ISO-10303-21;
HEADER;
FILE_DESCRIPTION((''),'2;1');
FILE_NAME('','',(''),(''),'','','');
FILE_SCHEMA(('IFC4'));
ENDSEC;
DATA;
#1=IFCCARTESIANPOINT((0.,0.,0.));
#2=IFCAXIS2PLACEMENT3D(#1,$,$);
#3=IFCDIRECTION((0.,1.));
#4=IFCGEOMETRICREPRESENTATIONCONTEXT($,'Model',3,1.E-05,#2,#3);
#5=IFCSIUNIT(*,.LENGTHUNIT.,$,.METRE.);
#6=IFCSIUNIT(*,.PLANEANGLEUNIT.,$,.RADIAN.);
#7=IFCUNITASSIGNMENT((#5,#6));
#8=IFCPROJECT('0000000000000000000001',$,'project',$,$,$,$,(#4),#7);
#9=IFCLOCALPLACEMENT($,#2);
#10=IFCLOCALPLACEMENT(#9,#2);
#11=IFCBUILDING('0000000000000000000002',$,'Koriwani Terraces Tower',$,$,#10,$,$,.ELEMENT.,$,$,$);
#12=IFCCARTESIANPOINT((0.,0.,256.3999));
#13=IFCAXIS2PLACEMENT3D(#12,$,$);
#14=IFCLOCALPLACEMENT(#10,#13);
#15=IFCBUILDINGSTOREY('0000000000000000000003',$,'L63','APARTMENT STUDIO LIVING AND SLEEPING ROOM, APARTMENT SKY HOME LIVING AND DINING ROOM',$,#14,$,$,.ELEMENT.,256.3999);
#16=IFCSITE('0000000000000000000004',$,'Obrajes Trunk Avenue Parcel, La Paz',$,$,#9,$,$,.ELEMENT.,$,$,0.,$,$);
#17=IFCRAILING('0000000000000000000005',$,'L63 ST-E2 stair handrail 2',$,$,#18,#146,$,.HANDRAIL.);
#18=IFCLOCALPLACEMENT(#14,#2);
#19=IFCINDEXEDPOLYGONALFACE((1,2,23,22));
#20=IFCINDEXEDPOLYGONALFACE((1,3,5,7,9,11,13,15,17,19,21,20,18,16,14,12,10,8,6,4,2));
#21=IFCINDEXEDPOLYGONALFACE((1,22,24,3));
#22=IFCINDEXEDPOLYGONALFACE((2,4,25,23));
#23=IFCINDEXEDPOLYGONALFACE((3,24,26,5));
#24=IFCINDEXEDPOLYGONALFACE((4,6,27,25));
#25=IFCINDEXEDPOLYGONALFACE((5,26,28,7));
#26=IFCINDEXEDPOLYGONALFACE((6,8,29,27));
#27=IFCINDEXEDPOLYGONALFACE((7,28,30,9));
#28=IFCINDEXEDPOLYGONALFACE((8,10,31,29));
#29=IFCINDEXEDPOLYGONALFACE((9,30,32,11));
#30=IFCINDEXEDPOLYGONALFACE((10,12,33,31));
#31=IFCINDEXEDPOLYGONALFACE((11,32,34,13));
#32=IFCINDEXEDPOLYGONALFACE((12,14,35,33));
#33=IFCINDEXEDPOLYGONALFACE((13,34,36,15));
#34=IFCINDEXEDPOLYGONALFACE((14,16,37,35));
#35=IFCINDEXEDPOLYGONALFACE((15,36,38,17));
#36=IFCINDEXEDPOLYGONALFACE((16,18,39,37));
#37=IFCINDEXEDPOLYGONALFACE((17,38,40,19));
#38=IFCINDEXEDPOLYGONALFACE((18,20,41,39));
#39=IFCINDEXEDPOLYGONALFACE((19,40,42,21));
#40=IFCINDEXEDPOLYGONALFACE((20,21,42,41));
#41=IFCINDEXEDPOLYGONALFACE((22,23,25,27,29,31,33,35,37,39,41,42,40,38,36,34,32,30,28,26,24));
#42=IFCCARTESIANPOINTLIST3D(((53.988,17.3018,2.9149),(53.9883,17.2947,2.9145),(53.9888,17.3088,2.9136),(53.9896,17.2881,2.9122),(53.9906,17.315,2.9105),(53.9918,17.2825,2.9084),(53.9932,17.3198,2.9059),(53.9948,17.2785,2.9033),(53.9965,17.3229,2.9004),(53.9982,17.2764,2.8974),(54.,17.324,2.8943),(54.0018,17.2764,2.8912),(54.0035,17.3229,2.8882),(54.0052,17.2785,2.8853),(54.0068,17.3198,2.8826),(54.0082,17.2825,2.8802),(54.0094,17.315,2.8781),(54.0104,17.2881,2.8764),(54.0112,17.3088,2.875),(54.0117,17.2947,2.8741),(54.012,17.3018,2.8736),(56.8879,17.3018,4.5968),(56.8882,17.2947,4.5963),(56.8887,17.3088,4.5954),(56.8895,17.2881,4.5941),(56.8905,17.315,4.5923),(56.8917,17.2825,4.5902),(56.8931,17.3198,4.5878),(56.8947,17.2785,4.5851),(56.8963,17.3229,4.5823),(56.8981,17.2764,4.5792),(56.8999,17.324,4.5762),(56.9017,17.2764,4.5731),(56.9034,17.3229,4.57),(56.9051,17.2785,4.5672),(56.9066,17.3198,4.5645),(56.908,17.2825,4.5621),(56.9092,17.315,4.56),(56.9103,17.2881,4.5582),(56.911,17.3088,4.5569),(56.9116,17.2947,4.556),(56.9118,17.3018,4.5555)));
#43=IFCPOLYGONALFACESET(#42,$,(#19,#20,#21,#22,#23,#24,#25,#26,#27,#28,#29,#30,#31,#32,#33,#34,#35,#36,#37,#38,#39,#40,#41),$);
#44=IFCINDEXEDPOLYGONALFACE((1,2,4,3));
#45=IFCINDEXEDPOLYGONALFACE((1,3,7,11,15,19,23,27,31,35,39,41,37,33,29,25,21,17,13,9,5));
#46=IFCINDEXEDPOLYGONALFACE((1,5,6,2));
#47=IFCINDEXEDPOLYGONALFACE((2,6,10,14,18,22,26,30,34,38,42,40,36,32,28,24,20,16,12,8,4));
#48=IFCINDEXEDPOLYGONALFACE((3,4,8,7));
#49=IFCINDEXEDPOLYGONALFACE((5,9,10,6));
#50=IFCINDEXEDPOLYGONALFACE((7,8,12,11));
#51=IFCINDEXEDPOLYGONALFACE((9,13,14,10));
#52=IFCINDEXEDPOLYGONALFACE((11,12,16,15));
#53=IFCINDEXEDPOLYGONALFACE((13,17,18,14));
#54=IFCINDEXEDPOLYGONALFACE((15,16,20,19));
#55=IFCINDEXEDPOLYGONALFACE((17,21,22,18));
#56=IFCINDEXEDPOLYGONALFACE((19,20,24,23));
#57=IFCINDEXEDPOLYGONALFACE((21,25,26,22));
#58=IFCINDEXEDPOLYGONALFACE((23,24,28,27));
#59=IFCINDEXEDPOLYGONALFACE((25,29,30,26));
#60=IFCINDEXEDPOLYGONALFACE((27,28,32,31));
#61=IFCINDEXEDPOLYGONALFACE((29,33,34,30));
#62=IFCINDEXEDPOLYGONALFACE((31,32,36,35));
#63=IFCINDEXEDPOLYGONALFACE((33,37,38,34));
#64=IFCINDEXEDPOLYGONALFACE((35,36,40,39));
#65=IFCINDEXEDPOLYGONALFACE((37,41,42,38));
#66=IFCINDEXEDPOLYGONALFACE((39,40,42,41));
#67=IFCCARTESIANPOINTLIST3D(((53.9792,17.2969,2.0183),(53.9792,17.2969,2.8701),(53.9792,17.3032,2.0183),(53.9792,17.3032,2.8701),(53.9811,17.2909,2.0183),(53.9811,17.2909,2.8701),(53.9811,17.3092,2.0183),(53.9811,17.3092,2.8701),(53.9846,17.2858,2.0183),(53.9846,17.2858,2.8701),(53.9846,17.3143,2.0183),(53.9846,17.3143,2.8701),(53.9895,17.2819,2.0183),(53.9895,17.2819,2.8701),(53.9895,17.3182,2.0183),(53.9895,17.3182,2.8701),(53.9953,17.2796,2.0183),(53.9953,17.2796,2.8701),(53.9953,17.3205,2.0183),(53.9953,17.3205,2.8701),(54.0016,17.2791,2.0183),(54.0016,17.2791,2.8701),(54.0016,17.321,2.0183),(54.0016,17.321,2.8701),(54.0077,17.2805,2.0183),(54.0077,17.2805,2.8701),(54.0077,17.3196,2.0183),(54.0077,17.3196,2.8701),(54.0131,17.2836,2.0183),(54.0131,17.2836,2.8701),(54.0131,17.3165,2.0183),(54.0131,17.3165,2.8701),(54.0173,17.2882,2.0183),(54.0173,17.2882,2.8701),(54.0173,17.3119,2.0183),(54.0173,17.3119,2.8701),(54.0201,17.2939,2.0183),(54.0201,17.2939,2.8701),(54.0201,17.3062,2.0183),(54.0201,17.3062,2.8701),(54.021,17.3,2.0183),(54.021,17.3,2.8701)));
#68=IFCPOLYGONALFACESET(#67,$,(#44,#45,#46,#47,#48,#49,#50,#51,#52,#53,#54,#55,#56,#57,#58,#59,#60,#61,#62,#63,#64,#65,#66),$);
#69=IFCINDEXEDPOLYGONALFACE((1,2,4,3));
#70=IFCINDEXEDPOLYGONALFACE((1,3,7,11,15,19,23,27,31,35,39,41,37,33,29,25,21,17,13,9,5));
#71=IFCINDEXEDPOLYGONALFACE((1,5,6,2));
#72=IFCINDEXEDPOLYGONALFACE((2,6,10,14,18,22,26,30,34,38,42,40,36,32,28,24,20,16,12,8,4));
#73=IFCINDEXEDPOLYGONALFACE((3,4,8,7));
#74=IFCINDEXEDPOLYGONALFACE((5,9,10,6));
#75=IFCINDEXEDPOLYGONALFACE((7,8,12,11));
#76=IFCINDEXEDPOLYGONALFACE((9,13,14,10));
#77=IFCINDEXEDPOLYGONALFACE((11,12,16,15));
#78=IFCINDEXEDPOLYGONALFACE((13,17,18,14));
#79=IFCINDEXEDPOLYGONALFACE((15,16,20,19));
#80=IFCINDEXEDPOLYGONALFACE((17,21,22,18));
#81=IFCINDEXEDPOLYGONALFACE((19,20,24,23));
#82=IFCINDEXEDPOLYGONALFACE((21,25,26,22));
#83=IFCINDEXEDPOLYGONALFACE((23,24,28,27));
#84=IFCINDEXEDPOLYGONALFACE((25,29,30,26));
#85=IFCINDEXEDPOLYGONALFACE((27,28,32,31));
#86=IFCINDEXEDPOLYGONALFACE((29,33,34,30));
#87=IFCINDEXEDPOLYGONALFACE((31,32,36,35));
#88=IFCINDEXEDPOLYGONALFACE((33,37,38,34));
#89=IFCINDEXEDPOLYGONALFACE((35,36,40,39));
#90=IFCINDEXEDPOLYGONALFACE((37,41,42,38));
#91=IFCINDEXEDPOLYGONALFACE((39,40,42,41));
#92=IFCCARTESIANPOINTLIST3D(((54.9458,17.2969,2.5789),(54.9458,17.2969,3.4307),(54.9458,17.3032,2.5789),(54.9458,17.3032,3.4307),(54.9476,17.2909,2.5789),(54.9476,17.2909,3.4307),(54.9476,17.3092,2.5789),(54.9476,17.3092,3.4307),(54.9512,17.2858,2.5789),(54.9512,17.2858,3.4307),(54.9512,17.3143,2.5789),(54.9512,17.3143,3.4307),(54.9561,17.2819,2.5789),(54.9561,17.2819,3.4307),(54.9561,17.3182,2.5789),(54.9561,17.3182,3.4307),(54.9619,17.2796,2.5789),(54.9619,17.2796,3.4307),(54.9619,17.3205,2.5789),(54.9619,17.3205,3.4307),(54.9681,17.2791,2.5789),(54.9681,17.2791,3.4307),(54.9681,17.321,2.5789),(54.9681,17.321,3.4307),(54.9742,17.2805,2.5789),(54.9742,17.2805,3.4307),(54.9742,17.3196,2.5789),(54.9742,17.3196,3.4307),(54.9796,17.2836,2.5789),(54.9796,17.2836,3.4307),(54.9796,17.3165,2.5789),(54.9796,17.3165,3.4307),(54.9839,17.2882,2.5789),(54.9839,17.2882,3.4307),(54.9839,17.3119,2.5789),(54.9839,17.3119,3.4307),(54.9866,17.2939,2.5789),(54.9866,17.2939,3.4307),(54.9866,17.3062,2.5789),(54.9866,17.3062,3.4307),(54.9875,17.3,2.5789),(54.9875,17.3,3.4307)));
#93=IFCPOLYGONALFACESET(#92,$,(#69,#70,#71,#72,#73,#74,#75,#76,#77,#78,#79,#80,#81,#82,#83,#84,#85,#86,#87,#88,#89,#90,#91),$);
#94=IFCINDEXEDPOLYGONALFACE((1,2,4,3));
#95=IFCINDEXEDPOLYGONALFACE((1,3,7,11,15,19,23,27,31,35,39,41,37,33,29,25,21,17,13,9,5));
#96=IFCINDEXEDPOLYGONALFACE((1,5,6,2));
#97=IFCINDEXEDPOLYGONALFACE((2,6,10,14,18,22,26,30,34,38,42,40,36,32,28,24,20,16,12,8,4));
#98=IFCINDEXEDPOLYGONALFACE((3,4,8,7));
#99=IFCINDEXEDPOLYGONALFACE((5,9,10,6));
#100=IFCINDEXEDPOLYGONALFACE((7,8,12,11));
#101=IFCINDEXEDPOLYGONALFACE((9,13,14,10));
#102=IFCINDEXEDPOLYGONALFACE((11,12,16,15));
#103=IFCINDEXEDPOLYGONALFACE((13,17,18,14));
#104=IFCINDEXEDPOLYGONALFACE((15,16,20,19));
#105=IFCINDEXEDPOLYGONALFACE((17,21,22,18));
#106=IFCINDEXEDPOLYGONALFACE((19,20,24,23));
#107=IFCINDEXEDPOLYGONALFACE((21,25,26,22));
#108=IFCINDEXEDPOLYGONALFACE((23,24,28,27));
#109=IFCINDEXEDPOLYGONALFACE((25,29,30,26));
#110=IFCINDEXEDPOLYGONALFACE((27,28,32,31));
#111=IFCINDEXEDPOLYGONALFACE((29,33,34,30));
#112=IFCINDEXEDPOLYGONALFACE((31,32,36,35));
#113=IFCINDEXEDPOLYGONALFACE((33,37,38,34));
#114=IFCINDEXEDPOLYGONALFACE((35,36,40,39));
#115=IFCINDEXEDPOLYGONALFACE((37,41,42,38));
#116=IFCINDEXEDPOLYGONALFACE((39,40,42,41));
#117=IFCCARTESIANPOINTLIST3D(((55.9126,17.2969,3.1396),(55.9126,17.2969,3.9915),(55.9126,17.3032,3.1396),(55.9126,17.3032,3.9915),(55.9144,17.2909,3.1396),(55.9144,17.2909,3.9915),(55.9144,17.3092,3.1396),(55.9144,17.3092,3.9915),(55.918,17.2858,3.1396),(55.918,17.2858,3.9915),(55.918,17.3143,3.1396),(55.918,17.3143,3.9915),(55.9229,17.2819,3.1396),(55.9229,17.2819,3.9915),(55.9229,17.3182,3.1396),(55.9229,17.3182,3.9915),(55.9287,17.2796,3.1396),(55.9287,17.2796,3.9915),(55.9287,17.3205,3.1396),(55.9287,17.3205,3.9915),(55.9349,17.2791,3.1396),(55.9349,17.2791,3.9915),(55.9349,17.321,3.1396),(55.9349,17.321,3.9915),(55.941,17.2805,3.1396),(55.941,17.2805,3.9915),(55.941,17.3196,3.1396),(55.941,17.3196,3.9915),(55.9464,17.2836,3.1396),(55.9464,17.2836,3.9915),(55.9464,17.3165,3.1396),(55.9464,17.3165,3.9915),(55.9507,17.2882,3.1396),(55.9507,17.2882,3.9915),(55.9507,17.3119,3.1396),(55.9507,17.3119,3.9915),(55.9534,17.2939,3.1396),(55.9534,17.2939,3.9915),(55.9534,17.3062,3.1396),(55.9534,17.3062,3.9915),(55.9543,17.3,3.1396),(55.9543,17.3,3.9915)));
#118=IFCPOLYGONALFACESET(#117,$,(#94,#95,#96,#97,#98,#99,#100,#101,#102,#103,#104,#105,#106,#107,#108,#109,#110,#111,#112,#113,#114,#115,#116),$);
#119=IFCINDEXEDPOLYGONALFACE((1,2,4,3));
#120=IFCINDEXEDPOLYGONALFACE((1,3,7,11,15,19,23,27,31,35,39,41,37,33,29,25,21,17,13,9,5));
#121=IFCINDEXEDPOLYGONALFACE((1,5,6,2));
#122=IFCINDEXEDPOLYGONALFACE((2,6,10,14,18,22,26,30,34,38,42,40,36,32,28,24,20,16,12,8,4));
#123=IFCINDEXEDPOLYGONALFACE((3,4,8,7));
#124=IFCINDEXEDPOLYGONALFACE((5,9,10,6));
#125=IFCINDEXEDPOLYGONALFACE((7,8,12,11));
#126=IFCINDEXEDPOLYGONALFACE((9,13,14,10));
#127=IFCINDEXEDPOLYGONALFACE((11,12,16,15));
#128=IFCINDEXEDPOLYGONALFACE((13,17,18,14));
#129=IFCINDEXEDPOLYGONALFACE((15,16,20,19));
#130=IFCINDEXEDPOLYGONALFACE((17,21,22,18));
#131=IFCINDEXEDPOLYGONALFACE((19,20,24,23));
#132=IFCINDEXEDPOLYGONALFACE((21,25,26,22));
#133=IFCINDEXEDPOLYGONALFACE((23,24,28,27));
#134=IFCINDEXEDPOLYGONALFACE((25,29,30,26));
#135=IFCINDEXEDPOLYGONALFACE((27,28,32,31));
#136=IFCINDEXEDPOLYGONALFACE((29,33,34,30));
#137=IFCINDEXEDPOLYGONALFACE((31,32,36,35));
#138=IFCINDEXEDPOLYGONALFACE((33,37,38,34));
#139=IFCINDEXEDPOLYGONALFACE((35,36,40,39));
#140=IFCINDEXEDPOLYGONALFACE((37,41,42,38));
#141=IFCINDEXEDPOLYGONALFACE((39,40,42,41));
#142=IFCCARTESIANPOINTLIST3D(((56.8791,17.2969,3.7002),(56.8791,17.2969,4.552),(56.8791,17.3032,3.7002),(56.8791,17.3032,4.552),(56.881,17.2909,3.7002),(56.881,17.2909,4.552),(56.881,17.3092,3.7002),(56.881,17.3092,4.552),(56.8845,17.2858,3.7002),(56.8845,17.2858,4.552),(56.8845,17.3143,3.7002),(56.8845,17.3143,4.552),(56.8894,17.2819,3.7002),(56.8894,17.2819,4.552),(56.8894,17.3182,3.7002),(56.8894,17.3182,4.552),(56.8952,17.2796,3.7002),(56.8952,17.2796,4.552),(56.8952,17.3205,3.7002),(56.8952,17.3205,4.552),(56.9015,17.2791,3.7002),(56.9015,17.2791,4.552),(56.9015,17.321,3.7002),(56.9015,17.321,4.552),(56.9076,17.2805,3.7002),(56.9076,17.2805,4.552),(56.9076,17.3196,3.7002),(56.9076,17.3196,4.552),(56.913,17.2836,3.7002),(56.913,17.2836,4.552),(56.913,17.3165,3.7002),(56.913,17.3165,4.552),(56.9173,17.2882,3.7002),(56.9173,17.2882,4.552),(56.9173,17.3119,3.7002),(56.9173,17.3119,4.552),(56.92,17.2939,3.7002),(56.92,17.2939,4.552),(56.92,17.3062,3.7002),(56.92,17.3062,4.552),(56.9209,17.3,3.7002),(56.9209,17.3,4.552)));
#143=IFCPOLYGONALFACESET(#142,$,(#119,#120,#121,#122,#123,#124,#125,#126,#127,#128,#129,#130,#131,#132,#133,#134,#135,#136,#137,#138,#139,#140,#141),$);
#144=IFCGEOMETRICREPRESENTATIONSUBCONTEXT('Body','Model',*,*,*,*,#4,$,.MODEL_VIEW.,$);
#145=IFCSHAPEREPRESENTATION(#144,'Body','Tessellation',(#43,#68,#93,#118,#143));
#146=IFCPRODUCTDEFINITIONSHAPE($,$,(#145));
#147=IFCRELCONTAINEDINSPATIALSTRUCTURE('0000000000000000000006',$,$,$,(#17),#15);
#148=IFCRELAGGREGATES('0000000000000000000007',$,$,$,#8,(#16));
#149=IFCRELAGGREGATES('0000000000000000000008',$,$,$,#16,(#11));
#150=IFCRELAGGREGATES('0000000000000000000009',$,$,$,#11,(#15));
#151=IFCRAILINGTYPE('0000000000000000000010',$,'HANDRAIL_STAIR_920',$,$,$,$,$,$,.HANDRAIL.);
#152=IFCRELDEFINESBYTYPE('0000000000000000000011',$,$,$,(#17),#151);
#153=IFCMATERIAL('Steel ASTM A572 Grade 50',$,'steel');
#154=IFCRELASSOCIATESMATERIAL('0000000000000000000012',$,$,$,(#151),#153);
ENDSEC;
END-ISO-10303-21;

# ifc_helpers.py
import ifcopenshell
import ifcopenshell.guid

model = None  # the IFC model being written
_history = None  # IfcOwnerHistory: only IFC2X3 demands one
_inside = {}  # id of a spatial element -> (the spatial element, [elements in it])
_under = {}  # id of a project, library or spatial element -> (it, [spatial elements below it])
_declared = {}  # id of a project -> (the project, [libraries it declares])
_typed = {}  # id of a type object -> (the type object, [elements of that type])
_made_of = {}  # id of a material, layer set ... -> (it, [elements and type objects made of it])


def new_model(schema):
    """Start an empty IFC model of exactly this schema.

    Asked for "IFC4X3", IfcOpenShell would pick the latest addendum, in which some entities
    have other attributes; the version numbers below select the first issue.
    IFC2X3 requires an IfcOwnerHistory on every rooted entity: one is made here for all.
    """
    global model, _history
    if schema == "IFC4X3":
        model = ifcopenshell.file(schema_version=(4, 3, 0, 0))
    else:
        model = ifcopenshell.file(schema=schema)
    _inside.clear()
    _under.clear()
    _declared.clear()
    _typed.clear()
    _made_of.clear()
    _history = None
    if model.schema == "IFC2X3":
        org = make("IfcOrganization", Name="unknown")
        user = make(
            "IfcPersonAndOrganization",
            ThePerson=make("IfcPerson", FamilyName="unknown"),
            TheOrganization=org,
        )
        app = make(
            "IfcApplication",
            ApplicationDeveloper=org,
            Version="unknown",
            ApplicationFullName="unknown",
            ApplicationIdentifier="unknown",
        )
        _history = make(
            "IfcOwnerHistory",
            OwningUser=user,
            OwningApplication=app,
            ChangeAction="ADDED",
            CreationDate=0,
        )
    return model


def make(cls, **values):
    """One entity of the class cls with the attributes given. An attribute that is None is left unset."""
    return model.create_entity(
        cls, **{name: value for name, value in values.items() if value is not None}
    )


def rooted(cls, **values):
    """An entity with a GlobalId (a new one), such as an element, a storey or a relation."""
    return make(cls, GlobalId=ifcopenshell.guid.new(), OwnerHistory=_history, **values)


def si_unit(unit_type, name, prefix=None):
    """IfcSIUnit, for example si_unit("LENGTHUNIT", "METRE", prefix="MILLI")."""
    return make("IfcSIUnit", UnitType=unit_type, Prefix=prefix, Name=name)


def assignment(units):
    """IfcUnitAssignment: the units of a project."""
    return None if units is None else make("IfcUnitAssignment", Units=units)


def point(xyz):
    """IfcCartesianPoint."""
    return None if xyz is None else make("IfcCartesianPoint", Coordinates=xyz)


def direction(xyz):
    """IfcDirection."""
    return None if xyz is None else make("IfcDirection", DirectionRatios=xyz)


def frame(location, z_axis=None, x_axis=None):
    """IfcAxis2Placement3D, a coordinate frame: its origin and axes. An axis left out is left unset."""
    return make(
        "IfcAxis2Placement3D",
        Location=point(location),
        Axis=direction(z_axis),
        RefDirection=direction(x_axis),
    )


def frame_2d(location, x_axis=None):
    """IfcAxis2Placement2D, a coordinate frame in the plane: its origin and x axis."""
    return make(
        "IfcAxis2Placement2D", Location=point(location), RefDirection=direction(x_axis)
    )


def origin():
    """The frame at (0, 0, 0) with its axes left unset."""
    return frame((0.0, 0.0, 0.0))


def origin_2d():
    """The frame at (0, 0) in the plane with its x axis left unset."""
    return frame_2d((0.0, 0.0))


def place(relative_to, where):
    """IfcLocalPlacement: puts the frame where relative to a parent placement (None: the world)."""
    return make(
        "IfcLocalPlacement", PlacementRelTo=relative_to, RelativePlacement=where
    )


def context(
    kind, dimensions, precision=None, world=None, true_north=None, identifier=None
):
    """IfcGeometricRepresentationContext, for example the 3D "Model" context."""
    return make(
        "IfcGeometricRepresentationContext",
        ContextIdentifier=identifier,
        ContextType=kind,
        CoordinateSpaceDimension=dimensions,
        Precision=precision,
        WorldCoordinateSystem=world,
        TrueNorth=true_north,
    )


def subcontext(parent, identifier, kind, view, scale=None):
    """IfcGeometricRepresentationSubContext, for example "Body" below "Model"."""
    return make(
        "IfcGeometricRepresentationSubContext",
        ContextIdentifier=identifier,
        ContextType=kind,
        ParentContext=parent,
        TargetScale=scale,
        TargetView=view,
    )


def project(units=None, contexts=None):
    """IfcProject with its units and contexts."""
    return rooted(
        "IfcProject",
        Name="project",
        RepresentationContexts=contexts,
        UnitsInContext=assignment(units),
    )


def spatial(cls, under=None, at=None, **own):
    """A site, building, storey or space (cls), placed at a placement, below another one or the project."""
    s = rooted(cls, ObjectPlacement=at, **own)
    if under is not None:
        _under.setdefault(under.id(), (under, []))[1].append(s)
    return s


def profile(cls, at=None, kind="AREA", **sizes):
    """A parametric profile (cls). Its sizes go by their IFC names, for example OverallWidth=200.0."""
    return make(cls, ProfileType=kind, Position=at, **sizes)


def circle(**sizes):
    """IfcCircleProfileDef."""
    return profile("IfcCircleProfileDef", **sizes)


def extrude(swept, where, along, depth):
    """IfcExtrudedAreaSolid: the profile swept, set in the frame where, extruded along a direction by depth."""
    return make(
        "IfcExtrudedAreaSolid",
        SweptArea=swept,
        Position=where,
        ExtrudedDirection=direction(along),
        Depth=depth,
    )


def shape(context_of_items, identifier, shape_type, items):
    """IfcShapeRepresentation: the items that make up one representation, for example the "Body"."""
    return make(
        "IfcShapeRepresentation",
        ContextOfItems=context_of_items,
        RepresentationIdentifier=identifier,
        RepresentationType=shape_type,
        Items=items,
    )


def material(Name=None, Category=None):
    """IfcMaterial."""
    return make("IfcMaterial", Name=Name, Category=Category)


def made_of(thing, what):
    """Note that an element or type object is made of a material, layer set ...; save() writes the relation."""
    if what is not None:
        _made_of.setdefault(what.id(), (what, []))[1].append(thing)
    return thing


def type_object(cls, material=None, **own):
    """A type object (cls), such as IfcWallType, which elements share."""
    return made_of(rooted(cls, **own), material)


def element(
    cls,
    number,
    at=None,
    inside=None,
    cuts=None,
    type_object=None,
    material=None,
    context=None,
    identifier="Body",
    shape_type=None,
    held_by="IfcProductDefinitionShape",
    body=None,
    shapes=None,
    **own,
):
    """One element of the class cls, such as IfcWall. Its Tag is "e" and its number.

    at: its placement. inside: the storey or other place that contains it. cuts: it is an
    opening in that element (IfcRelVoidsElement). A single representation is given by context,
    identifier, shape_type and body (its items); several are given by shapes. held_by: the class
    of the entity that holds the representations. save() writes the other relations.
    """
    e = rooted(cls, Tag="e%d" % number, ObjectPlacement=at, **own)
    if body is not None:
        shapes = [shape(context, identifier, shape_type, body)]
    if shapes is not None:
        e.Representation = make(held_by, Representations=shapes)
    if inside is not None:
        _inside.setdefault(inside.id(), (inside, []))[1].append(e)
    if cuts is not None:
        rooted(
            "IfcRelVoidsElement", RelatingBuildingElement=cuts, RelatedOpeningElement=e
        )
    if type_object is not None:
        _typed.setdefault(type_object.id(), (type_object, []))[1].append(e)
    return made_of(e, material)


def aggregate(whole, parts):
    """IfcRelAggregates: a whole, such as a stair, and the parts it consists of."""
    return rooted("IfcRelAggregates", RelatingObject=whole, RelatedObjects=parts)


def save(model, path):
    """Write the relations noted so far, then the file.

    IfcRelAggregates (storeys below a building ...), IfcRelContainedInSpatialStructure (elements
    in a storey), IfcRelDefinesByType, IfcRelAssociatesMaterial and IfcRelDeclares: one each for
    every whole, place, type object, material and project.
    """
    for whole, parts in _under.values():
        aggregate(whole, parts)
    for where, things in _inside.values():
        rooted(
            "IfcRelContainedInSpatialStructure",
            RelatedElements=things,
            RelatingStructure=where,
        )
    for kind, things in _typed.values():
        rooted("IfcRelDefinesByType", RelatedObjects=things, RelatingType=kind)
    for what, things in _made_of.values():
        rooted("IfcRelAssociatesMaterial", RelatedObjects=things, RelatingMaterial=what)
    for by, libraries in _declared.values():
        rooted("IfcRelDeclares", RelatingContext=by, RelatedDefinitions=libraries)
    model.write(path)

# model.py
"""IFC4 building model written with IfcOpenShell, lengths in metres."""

from ifc_helpers import new_model, si_unit, direction, frame, origin, origin_2d, place, context, subcontext, project, spatial, circle, extrude, material, type_object, element, save


model = new_model("IFC4")

# Units and contexts
model_context = context("Model", 3, precision=1e-05, world=origin(), true_north=direction((0.0, 1.0)))
body_context = subcontext(model_context, "Body", "Model", "MODEL_VIEW")
ifc_project = project(units=[si_unit("LENGTHUNIT", "METRE"), si_unit("PLANEANGLEUNIT", "RADIAN")], contexts=[model_context])

# Site, building, storey
site_placement = place(None, origin())
site = spatial("IfcSite", under=ifc_project, at=site_placement, Name="Obrajes Trunk Avenue Parcel, La Paz", CompositionType="ELEMENT", RefElevation=0.0)
building_placement = place(site_placement, origin())
building = spatial("IfcBuilding", under=site, at=building_placement, Name="Koriwani Terraces Tower", CompositionType="ELEMENT")
storey_placement = place(building_placement, frame((0.0, 0.0, 256.3999)))
storey = spatial("IfcBuildingStorey", under=building, at=storey_placement, Name="L63", Description="APARTMENT STUDIO LIVING AND SLEEPING ROOM, APARTMENT SKY HOME LIVING AND DINING ROOM", CompositionType="ELEMENT", Elevation=256.3999)

# Shared definitions
ifc_material_1 = material(Name="Steel ASTM A572 Grade 50", Category="steel")

# Railing
railing_type_1 = type_object("IfcRailingType", Name="HANDRAIL_STAIR_920", PredefinedType="HANDRAIL", material=ifc_material_1)
railing_1_placement = place(storey_placement, frame((54.0, 17.3, 2.0183)))
element("IfcRailing", 1, at=railing_1_placement, inside=storey, type_object=railing_type_1, Name="L63 ST-E2 stair handrail 2", PredefinedType="HANDRAIL", context=body_context, shape_type="SweptSolid", body=[
    extrude(circle(Radius=0.0239, at=origin_2d()), frame((0.0, 0.0, 0.876), z_axis=(0.865039, 0.0, 0.501705), x_axis=(0.0, 1.0, 0.0)), (0.0, 0.0, 1.0), 3.3523),
    extrude(circle(Radius=0.021, at=origin_2d()), origin(), (0.0, 0.0, 1.0), 0.8518),
    extrude(circle(Radius=0.021, at=origin_2d()), frame((0.9666, 0.0, 0.5605)), (0.0, 0.0, 1.0), 0.8518),
    extrude(circle(Radius=0.021, at=origin_2d()), frame((1.9333, 0.0, 1.1213)), (0.0, 0.0, 1.0), 0.8518),
    extrude(circle(Radius=0.021, at=origin_2d()), frame((2.8999, 0.0, 1.6819)), (0.0, 0.0, 1.0), 0.8518),
])

save(model, "model.ifc")
